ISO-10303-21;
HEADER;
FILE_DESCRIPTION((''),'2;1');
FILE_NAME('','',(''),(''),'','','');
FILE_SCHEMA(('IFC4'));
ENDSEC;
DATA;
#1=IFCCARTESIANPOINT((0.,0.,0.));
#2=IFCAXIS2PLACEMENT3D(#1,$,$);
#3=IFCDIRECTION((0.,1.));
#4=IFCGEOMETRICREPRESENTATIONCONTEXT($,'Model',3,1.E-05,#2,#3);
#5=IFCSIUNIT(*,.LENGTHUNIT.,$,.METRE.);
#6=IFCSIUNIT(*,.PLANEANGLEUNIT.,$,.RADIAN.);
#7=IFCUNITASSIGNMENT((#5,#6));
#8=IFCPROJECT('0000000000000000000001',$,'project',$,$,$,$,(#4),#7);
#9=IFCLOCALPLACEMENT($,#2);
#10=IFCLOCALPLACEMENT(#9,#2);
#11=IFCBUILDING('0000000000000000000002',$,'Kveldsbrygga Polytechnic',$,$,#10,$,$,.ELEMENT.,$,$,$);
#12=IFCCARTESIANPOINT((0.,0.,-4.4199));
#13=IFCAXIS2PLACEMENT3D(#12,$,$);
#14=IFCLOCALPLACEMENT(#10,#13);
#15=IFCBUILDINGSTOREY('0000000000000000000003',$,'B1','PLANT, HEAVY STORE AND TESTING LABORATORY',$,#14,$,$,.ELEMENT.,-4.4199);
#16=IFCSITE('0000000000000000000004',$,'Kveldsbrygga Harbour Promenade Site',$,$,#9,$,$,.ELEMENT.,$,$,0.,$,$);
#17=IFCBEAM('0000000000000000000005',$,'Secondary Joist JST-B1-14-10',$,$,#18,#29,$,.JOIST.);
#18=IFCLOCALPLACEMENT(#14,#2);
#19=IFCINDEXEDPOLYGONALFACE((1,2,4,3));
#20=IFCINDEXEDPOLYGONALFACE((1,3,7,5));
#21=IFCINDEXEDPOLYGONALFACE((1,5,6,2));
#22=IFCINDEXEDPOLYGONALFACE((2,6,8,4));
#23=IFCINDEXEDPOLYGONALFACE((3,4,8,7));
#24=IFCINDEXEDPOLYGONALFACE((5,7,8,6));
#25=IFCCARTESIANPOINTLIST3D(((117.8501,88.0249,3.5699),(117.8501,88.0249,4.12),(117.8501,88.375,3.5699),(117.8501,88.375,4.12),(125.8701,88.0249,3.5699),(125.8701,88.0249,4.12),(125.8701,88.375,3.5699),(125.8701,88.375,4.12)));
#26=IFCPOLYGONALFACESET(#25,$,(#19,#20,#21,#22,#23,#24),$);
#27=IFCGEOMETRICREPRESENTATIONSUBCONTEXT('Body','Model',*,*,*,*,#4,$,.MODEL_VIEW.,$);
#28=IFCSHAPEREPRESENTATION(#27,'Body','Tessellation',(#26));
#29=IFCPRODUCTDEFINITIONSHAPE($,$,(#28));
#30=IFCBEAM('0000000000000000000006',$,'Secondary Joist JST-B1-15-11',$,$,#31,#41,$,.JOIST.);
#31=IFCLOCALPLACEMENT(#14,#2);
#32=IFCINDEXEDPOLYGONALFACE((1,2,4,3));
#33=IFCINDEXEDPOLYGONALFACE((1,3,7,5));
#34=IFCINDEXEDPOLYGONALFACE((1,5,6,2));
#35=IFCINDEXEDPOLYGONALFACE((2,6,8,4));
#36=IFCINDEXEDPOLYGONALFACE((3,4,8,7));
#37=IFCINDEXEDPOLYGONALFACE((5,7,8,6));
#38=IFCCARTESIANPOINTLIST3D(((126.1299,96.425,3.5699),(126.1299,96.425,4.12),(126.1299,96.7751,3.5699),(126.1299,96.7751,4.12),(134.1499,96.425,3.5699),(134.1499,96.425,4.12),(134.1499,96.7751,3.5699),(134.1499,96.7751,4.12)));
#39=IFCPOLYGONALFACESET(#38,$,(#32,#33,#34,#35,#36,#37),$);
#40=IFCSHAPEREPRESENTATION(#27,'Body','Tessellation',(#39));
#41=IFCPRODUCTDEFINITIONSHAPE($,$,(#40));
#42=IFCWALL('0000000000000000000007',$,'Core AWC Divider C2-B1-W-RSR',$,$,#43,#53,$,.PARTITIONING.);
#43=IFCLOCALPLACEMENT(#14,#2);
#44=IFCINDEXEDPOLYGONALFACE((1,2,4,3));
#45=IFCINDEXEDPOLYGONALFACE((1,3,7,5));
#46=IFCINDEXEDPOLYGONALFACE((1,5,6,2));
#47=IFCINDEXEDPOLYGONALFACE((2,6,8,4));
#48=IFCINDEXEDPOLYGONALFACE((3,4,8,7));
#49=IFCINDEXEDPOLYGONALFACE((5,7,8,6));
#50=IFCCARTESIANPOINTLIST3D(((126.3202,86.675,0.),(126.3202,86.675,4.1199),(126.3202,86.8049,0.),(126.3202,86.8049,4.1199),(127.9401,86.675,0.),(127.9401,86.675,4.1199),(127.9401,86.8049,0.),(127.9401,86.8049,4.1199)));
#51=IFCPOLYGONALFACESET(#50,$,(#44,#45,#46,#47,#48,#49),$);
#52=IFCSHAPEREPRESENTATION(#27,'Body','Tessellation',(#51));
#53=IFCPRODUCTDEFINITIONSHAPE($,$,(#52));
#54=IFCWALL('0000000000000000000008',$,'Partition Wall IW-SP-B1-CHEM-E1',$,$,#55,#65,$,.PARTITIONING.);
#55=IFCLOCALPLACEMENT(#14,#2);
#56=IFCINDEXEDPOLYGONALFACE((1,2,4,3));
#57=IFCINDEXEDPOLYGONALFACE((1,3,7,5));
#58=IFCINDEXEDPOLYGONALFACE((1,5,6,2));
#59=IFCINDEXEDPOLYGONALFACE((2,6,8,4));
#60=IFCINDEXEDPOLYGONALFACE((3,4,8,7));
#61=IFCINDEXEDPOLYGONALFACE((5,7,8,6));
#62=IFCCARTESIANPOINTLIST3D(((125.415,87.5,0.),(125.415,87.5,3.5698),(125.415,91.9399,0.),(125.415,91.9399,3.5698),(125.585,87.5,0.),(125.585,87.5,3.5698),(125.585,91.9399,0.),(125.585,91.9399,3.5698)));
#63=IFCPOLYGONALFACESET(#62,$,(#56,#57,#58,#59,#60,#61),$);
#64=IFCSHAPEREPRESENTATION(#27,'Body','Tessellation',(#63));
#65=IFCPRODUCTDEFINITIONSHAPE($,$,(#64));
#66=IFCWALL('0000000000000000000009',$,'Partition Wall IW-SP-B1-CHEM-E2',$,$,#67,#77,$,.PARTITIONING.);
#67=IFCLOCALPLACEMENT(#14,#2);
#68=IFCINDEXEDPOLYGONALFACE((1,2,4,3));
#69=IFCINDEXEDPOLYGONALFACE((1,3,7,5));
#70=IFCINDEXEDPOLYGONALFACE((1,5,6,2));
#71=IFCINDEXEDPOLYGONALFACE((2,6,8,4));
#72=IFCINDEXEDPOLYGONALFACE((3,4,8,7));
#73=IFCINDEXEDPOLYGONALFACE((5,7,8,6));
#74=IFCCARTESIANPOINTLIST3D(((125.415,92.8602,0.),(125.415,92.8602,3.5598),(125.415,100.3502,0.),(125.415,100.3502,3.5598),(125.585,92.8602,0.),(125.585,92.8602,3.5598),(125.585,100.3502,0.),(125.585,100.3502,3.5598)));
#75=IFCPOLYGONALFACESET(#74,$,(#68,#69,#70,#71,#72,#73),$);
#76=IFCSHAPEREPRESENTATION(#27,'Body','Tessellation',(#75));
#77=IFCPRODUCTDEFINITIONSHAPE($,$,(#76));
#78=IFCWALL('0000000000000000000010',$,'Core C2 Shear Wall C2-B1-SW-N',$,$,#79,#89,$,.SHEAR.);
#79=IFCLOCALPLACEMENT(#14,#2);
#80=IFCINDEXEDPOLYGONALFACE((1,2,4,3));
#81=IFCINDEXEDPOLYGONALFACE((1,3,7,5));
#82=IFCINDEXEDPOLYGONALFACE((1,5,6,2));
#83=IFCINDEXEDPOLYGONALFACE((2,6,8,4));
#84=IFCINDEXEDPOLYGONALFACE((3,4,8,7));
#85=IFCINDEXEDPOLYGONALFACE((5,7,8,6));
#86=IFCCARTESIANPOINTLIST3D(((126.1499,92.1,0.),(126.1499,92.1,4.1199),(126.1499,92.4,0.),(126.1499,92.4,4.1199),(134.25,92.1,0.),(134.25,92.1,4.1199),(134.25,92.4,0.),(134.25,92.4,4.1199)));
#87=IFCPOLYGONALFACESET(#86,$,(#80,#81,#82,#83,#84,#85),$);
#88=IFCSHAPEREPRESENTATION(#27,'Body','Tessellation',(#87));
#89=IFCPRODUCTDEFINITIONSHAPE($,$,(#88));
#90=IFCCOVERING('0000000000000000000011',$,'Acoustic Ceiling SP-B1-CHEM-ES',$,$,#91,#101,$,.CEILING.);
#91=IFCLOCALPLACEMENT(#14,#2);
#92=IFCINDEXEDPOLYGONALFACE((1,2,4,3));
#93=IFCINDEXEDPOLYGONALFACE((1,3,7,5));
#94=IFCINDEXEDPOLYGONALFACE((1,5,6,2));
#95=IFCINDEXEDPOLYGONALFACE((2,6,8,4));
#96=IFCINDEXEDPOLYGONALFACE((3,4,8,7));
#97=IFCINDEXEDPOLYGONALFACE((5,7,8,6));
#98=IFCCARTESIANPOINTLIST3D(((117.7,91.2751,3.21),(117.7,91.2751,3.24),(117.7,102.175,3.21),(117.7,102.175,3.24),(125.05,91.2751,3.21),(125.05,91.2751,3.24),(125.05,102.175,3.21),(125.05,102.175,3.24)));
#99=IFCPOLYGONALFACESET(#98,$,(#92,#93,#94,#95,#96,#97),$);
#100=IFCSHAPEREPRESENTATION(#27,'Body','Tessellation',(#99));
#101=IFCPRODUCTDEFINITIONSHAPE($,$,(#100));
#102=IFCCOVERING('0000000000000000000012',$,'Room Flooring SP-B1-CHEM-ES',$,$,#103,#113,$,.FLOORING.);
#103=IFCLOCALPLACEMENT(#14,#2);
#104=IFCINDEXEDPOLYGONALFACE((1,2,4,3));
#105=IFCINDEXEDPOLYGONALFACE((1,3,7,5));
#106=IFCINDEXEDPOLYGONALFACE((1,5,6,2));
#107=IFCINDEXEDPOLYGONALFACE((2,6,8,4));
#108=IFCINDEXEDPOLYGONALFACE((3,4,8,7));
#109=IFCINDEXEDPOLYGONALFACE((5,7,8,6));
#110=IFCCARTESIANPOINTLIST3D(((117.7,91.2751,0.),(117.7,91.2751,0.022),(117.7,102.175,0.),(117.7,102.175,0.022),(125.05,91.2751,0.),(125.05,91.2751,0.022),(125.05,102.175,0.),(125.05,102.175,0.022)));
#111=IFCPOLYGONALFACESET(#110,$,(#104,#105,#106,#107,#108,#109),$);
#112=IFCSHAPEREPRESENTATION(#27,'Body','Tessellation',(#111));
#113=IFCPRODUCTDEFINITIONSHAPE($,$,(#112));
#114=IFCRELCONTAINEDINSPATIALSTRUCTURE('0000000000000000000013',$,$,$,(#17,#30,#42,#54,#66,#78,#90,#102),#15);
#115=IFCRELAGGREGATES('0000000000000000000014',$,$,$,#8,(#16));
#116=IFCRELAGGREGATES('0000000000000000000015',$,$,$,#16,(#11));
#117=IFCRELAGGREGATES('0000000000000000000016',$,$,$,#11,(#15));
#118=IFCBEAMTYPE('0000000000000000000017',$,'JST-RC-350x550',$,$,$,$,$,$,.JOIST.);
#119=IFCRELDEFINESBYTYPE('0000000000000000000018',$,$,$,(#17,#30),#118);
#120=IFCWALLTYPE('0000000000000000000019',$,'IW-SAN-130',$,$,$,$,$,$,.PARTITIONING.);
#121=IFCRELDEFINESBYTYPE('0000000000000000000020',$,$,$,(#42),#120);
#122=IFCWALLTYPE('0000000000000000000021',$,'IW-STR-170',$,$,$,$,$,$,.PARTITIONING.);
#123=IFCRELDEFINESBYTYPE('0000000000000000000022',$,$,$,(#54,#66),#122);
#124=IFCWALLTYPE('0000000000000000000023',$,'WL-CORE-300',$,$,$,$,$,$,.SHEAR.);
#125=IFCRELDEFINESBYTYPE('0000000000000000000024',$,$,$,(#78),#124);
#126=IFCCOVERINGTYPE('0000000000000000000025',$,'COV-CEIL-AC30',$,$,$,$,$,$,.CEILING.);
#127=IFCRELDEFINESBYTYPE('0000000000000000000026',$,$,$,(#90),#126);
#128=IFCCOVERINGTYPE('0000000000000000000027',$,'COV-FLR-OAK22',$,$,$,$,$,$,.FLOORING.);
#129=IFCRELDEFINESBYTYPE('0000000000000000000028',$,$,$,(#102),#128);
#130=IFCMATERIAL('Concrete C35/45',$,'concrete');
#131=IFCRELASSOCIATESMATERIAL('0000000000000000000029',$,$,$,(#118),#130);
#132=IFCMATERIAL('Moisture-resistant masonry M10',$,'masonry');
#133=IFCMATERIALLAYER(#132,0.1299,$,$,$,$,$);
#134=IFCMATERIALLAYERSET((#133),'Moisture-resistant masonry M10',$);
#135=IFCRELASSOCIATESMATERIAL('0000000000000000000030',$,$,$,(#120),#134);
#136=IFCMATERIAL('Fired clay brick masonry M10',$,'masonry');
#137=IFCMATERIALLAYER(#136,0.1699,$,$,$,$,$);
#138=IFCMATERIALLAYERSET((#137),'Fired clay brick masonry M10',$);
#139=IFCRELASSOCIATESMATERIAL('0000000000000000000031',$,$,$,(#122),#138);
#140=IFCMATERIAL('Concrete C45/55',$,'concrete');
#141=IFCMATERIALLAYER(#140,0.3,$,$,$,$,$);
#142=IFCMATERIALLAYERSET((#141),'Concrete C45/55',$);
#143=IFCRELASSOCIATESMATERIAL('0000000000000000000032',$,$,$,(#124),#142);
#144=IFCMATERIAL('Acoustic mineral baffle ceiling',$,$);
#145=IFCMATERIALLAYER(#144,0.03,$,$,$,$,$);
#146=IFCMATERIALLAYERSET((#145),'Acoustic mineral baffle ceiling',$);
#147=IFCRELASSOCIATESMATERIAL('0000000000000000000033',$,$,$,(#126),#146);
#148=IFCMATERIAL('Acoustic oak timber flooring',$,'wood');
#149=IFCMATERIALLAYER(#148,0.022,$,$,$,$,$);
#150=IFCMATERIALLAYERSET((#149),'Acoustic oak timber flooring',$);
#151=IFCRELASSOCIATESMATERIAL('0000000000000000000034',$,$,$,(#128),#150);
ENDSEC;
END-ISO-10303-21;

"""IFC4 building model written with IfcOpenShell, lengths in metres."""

from ifc_helpers import new_model, si_unit, direction, frame, frame_2d, origin, origin_2d, place, context, subcontext, project, spatial, rectangle, extrude, material, layer, layer_set, material_profile, profile_set, type_object, element, save


model = new_model("IFC4")

# Units and contexts
model_context = context("Model", 3, precision=1e-05, world=origin(), true_north=direction((0.0, 1.0)))
body_context = subcontext(model_context, "Body", "Model", "MODEL_VIEW")
ifc_project = project(units=[si_unit("LENGTHUNIT", "METRE"), si_unit("PLANEANGLEUNIT", "RADIAN")], contexts=[model_context])

# Site, building, storey
site_placement = place(None, origin())
site = spatial("IfcSite", under=ifc_project, at=site_placement, Name="Kveldsbrygga Harbour Promenade Site", CompositionType="ELEMENT", RefElevation=0.0)
building_placement = place(site_placement, origin())
building = spatial("IfcBuilding", under=site, at=building_placement, Name="Kveldsbrygga Polytechnic", CompositionType="ELEMENT")
storey_placement = place(building_placement, frame((0.0, 0.0, -4.4199)))
storey = spatial("IfcBuildingStorey", under=building, at=storey_placement, Name="B1", Description="PLANT, HEAVY STORE AND TESTING LABORATORY", CompositionType="ELEMENT", Elevation=-4.4199)

# Shared definitions
ifc_material_1 = material(Name="Concrete C45/55", Category="concrete")

# Beams
ifc_material_2 = material(Name="Concrete C35/45", Category="concrete")
ifc_material_profile_1 = material_profile(ifc_material_2, rectangle(XDim=0.3501, YDim=0.55, at=origin_2d()), Name="RC 350x550")
ifc_profile_set_1 = profile_set([ifc_material_profile_1], Name="Concrete C35/45")
beam_type_1 = type_object("IfcBeamType", Name="JST-RC-350x550", PredefinedType="JOIST", material=ifc_profile_set_1)
for number, where, z_axis, x_axis, name in (
    (1, (117.8501, 88.2, 3.845), (1.0, 0.0, 0.0), (0.0, 1.0, 0.0), "Secondary Joist JST-B1-14-10"),
    (2, (126.1299, 96.6001, 3.845), (1.0, 0.0, 0.0), (0.0, 1.0, 0.0), "Secondary Joist JST-B1-15-11"),
):
    element("IfcBeam", number, at=place(storey_placement, frame(where, z_axis=z_axis, x_axis=x_axis)), inside=storey, type_object=beam_type_1, Name=name, PredefinedType="JOIST", context=body_context, shape_type="SweptSolid", body=[
        extrude(rectangle(XDim=0.3501, YDim=0.55, at=origin_2d()), origin(), (0.0, 0.0, 1.0), 8.02),
    ])

# Walls
ifc_material_3 = material(Name="Moisture-resistant masonry M10", Category="masonry")
ifc_layer_1 = layer(ifc_material_3, 0.1299)
ifc_layer_set_1 = layer_set([ifc_layer_1], Name="Moisture-resistant masonry M10")
wall_type_1 = type_object("IfcWallType", Name="IW-SAN-130", PredefinedType="PARTITIONING", material=ifc_layer_set_1)
wall_1_placement = place(storey_placement, frame((126.3201, 86.74, 0.0), z_axis=(0.0, 0.0, 1.0), x_axis=(1.0, 0.0, 0.0)))
element("IfcWall", 3, at=wall_1_placement, inside=storey, type_object=wall_type_1, Name="Core AWC Divider C2-B1-W-RSR", PredefinedType="PARTITIONING", context=body_context, shape_type="SweptSolid", body=[
    extrude(rectangle(XDim=1.6199, YDim=0.1299, at=frame_2d((0.8101, 0.0))), origin(), (0.0, 0.0, 1.0), 4.1199),
])
ifc_material_4 = material(Name="Fired clay brick masonry M10", Category="masonry")
ifc_layer_2 = layer(ifc_material_4, 0.1699)
ifc_layer_set_2 = layer_set([ifc_layer_2], Name="Fired clay brick masonry M10")
wall_type_2 = type_object("IfcWallType", Name="IW-STR-170", PredefinedType="PARTITIONING", material=ifc_layer_set_2)
wall_2_placement = place(storey_placement, frame((125.5, 87.5, 0.0), z_axis=(0.0, 0.0, 1.0), x_axis=(0.0, 1.0, 0.0)))
element("IfcWall", 4, at=wall_2_placement, inside=storey, type_object=wall_type_2, Name="Partition Wall IW-SP-B1-CHEM-E1", PredefinedType="PARTITIONING", context=body_context, shape_type="SweptSolid", body=[
    extrude(rectangle(XDim=4.4399, YDim=0.1699, at=frame_2d((2.22, 0.0))), origin(), (0.0, 0.0, 1.0), 3.5698),
])
wall_3_placement = place(storey_placement, frame((125.5, 92.8601, 0.0), z_axis=(0.0, 0.0, 1.0), x_axis=(0.0, 1.0, 0.0)))
element("IfcWall", 5, at=wall_3_placement, inside=storey, type_object=wall_type_2, Name="Partition Wall IW-SP-B1-CHEM-E2", PredefinedType="PARTITIONING", context=body_context, shape_type="SweptSolid", body=[
    extrude(rectangle(XDim=7.49, YDim=0.1699, at=frame_2d((3.7451, 0.0))), origin(), (0.0, 0.0, 1.0), 3.5598),
])
ifc_layer_3 = layer(ifc_material_1, 0.3)
ifc_layer_set_3 = layer_set([ifc_layer_3], Name="Concrete C45/55")
wall_type_3 = type_object("IfcWallType", Name="WL-CORE-300", PredefinedType="SHEAR", material=ifc_layer_set_3)
wall_4_placement = place(storey_placement, frame((126.1499, 92.25, 0.0), z_axis=(0.0, 0.0, 1.0), x_axis=(1.0, 0.0, 0.0)))
element("IfcWall", 6, at=wall_4_placement, inside=storey, type_object=wall_type_3, Name="Core C2 Shear Wall C2-B1-SW-N", PredefinedType="SHEAR", context=body_context, shape_type="SweptSolid", body=[
    extrude(rectangle(XDim=8.1001, YDim=0.3, at=frame_2d((4.05, 0.0))), origin(), (0.0, 0.0, 1.0), 4.1199),
])

# Coverings
ifc_material_5 = material(Name="Acoustic mineral baffle ceiling")
ifc_layer_4 = layer(ifc_material_5, 0.03)
ifc_layer_set_4 = layer_set([ifc_layer_4], Name="Acoustic mineral baffle ceiling")
covering_type_1 = type_object("IfcCoveringType", Name="COV-CEIL-AC30", PredefinedType="CEILING", material=ifc_layer_set_4)
covering_1_placement = place(storey_placement, frame((121.375, 96.7251, 3.21), z_axis=(0.0, 0.0, 1.0), x_axis=(1.0, 0.0, 0.0)))
element("IfcCovering", 7, at=covering_1_placement, inside=storey, type_object=covering_type_1, Name="Acoustic Ceiling SP-B1-CHEM-ES", PredefinedType="CEILING", context=body_context, shape_type="SweptSolid", body=[
    extrude(rectangle(XDim=7.3501, YDim=10.8999, at=origin_2d()), origin(), (0.0, 0.0, 1.0), 0.03),
])
ifc_material_6 = material(Name="Acoustic oak timber flooring", Category="wood")
ifc_layer_5 = layer(ifc_material_6, 0.022)
ifc_layer_set_5 = layer_set([ifc_layer_5], Name="Acoustic oak timber flooring")
covering_type_2 = type_object("IfcCoveringType", Name="COV-FLR-OAK22", PredefinedType="FLOORING", material=ifc_layer_set_5)
covering_2_placement = place(storey_placement, frame((121.375, 96.7251, 0.0), z_axis=(0.0, 0.0, 1.0), x_axis=(1.0, 0.0, 0.0)))
element("IfcCovering", 8, at=covering_2_placement, inside=storey, type_object=covering_type_2, Name="Room Flooring SP-B1-CHEM-ES", PredefinedType="FLOORING", context=body_context, shape_type="SweptSolid", body=[
    extrude(rectangle(XDim=7.3501, YDim=10.8999, at=origin_2d()), origin(), (0.0, 0.0, 1.0), 0.022),
])

save(model, "model.ifc")
